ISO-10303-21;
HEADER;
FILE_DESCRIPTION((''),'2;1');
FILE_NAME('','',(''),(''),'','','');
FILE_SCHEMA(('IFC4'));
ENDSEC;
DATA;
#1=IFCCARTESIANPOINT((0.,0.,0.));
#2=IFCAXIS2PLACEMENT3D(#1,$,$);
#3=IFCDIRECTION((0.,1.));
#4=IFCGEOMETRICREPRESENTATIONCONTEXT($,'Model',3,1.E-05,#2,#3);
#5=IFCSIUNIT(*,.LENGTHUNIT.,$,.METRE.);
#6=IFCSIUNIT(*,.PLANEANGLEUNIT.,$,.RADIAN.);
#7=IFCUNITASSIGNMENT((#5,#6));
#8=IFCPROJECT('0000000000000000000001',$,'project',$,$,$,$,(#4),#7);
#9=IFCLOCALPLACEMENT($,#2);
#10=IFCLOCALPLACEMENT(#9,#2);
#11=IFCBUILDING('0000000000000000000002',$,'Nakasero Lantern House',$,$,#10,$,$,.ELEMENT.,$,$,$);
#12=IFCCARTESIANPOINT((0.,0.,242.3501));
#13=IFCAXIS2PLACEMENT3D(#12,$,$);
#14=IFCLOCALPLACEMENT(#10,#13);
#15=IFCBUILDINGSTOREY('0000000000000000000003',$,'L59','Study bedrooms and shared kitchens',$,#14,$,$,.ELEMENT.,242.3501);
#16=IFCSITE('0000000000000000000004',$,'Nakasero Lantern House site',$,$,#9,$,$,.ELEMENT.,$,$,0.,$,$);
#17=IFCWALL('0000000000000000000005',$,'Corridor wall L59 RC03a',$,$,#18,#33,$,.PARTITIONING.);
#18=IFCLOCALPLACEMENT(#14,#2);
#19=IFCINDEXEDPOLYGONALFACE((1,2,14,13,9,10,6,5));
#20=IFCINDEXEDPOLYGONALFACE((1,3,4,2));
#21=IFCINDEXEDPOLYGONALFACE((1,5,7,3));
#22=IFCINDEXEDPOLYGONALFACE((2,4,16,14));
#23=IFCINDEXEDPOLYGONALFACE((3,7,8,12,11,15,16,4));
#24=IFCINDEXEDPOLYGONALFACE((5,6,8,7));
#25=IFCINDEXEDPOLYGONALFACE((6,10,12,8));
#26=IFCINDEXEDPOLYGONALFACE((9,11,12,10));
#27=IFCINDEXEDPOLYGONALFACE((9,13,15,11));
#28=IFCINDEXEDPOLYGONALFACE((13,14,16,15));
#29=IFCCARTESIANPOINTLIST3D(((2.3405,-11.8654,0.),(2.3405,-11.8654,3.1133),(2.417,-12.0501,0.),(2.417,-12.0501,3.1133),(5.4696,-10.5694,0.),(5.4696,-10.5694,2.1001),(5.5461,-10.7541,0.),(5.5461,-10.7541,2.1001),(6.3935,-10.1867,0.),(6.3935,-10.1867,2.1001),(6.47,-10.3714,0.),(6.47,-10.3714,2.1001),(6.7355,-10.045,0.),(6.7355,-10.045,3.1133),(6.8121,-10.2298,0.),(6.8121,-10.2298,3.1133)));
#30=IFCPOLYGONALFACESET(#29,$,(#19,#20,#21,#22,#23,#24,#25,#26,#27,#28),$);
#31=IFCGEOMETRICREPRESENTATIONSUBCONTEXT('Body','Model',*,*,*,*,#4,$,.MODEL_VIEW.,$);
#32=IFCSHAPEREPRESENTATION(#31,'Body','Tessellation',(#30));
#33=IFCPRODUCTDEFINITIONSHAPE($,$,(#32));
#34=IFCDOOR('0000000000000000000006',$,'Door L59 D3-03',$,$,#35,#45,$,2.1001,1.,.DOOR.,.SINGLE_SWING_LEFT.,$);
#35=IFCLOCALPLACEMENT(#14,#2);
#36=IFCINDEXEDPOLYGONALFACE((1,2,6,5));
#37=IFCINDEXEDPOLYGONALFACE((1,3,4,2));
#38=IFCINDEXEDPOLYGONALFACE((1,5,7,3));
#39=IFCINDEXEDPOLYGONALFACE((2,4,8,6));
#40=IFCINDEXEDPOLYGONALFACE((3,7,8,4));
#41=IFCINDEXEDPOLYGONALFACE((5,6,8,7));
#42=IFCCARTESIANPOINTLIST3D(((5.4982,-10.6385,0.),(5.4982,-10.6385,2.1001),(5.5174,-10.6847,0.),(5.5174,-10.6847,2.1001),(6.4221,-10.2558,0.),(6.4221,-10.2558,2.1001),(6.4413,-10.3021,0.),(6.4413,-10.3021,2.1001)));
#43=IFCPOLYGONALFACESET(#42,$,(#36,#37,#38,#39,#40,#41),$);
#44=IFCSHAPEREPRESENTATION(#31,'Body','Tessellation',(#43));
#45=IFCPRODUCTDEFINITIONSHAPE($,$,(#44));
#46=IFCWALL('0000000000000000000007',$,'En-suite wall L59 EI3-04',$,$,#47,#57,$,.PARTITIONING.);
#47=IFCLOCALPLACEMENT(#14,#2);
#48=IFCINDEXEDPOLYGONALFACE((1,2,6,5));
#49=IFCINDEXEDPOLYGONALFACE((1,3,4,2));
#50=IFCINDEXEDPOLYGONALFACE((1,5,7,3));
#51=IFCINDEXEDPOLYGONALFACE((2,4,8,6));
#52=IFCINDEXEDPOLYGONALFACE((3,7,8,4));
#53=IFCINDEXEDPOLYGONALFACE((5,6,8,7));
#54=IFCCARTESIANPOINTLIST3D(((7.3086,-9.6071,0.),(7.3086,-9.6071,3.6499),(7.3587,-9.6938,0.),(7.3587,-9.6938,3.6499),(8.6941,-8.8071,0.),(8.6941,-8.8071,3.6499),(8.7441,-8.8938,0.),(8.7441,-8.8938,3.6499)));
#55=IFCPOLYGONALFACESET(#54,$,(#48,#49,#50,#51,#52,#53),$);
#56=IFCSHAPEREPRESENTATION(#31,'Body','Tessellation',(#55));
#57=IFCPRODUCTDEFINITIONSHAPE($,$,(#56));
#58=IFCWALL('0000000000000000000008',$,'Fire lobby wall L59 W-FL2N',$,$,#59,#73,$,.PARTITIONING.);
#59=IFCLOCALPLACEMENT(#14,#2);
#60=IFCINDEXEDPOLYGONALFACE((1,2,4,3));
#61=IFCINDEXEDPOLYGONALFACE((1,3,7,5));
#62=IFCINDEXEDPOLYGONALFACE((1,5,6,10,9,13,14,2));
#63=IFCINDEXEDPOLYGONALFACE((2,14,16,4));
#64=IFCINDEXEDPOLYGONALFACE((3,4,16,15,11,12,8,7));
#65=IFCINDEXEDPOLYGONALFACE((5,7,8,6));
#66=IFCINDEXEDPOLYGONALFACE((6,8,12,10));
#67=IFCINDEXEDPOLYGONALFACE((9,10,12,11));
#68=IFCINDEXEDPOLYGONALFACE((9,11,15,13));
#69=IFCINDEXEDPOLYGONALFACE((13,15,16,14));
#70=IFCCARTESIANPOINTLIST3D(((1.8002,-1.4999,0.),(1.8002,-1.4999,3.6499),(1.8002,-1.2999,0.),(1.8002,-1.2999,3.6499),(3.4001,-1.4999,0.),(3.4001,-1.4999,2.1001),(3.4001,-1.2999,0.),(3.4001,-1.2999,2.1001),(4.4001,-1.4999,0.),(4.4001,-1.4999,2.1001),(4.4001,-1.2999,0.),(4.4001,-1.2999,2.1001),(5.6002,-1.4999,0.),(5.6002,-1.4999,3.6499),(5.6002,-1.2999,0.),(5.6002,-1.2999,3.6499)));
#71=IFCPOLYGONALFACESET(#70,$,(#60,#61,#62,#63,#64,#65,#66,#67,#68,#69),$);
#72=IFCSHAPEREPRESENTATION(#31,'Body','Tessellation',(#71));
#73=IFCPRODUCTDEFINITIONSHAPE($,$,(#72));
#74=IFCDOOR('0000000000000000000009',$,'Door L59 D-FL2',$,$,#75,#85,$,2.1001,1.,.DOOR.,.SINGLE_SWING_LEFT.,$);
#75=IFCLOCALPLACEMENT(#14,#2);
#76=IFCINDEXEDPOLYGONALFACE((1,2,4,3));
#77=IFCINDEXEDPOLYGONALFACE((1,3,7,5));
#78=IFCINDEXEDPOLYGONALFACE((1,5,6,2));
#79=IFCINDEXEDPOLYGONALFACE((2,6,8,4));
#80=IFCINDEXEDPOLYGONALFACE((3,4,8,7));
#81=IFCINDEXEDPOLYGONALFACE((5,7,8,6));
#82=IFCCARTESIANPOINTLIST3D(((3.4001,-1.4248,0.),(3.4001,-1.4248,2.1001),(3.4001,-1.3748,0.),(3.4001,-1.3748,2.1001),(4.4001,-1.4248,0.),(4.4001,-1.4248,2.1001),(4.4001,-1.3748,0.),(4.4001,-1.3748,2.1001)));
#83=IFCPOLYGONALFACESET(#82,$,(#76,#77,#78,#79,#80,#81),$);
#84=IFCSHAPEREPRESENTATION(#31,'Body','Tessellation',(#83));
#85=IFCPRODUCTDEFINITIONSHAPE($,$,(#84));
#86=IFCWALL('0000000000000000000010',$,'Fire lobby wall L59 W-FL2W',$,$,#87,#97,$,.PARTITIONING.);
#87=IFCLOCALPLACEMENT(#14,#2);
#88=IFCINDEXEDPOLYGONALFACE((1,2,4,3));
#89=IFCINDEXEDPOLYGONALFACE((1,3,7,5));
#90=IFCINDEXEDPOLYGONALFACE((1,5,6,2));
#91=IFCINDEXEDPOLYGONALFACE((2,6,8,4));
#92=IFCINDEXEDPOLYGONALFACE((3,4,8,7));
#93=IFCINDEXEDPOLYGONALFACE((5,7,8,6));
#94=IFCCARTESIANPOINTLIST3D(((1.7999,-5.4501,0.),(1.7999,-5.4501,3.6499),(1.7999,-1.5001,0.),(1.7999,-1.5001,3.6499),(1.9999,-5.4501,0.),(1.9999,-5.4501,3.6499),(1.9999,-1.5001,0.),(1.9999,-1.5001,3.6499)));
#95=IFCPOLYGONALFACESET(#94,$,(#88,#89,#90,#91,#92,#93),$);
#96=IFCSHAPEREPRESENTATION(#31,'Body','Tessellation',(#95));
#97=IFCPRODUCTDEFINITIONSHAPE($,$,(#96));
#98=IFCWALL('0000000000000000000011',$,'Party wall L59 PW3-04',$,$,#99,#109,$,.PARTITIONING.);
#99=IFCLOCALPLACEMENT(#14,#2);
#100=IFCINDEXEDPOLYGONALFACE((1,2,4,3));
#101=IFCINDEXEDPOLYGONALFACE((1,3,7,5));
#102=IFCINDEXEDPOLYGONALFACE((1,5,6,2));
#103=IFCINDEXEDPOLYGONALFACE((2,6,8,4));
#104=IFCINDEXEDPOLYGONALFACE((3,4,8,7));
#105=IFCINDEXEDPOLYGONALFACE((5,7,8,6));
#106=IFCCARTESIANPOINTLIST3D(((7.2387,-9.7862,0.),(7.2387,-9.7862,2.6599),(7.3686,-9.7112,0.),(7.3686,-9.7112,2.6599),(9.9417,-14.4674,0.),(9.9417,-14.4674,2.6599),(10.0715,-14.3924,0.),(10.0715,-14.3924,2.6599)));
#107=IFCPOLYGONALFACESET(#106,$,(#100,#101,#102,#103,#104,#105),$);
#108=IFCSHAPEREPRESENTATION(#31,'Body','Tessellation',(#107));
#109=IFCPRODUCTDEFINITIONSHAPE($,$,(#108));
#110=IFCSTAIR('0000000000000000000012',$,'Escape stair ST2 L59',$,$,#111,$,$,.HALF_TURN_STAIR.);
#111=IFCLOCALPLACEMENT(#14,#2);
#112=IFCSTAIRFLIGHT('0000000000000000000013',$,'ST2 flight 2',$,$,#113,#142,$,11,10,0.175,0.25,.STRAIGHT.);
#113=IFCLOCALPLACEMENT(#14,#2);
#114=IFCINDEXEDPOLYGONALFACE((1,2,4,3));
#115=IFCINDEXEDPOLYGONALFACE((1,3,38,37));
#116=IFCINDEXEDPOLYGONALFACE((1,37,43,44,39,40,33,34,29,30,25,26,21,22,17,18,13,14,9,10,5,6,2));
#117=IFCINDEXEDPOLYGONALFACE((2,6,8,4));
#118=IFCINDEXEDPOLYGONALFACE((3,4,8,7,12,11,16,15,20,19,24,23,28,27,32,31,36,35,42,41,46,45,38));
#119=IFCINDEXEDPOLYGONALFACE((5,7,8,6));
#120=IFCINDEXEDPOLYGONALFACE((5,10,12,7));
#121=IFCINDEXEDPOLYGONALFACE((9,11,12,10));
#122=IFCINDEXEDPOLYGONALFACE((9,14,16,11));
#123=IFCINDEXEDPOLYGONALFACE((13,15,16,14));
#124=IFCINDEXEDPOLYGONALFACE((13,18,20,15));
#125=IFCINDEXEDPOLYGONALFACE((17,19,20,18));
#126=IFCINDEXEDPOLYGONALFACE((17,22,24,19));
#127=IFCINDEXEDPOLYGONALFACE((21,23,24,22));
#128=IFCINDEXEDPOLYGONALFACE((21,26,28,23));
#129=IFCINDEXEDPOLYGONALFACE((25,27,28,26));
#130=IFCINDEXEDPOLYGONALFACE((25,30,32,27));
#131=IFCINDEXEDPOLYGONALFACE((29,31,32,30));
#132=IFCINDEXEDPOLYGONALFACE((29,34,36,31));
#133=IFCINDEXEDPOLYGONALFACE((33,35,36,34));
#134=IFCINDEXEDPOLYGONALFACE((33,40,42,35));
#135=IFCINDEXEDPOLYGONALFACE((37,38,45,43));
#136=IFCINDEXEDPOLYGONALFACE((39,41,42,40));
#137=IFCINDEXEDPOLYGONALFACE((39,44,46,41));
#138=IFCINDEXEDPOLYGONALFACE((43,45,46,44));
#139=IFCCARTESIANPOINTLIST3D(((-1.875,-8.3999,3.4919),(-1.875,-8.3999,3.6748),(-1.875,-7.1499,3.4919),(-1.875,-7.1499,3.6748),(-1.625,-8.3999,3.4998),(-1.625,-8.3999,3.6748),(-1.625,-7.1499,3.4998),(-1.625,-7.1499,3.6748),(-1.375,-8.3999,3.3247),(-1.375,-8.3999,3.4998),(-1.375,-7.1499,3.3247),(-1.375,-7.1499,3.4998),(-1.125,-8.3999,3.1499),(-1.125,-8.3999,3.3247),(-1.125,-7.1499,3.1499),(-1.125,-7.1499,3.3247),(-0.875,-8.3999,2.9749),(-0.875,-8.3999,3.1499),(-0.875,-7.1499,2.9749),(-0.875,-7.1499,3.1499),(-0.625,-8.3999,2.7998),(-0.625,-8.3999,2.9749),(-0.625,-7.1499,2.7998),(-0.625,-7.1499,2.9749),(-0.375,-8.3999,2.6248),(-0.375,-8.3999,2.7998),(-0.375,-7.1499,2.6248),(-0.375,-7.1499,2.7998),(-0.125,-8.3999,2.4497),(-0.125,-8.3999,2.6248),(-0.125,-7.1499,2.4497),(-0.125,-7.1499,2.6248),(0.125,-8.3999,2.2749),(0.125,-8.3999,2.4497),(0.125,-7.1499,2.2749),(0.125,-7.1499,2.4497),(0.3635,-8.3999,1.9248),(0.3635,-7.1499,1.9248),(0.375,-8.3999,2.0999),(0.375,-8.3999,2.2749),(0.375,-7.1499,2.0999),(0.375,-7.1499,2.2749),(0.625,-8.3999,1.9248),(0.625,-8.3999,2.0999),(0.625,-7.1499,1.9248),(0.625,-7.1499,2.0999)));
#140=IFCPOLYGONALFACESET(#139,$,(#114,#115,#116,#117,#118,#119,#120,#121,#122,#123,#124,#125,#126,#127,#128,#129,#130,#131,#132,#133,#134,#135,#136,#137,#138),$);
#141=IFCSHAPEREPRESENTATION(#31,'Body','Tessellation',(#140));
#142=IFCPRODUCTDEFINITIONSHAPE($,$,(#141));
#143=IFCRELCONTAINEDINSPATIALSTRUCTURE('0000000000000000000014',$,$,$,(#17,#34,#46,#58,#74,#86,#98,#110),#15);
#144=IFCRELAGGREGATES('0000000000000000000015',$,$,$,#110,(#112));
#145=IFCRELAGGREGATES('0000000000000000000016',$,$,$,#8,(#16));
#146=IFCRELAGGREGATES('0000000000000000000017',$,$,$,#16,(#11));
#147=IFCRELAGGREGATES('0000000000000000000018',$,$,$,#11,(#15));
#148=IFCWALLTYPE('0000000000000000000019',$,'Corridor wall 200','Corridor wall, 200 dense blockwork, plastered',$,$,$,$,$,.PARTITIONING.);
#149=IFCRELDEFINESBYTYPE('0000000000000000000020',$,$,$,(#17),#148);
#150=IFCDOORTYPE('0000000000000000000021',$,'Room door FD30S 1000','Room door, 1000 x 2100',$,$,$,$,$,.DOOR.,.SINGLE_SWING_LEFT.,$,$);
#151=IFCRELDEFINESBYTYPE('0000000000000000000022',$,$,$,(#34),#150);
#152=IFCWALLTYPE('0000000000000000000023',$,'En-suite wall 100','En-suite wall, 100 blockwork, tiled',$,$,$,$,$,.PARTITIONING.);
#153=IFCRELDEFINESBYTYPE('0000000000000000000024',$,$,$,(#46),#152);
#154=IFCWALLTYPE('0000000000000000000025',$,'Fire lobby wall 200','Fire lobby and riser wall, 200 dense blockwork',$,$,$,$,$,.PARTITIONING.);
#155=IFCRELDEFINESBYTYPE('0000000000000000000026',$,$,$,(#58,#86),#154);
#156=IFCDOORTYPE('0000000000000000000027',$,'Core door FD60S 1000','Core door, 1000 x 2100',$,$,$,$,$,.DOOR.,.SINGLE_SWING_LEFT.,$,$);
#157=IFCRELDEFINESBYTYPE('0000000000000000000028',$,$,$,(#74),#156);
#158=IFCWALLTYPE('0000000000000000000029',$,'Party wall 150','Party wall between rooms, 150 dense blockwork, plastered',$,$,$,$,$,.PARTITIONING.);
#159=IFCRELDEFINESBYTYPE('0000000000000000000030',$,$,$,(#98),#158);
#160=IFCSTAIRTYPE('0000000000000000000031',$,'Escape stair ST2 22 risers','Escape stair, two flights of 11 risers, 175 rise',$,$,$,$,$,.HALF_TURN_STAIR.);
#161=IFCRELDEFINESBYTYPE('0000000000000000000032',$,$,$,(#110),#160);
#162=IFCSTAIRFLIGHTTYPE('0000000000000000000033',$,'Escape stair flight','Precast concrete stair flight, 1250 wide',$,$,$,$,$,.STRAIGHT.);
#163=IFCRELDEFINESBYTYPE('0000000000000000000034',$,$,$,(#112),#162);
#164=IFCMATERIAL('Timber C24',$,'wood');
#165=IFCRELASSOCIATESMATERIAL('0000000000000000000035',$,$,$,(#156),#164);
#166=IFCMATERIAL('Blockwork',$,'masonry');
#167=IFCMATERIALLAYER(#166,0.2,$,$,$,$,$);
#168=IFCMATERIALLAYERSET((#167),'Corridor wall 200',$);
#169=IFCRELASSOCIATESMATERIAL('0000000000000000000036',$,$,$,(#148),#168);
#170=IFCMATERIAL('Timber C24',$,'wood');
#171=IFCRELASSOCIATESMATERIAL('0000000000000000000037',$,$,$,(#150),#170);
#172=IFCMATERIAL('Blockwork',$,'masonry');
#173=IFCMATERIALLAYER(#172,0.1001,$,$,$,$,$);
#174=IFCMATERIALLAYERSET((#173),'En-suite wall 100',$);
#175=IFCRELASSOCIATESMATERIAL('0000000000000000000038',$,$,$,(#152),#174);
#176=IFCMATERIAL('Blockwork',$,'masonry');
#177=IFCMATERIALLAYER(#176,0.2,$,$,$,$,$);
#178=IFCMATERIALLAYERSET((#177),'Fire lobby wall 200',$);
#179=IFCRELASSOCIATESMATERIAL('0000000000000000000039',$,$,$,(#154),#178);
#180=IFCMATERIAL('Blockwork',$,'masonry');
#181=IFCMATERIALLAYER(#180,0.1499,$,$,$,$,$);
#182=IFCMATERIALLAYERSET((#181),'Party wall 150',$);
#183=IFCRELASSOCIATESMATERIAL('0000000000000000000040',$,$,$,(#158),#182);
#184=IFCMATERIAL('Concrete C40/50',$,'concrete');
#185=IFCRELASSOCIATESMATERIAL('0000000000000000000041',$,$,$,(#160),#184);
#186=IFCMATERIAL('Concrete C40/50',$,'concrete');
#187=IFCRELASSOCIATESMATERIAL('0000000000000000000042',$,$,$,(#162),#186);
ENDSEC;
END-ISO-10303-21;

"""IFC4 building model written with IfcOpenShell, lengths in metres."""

from ifc_helpers import new_model, si_unit, direction, frame, frame_2d, origin, place, context, subcontext, project, spatial, polyline, rectangle, outline, extrude, material, layer, layer_set, type_object, element, fill, aggregate, save


model = new_model("IFC4")

# Units and contexts
model_context = context("Model", 3, precision=1e-05, world=origin(), true_north=direction((0.0, 1.0)))
body_context = subcontext(model_context, "Body", "Model", "MODEL_VIEW")
ifc_project = project(units=[si_unit("LENGTHUNIT", "METRE"), si_unit("PLANEANGLEUNIT", "RADIAN")], contexts=[model_context])

# Site, building, storey
site_placement = place(None, origin())
site = spatial("IfcSite", under=ifc_project, at=site_placement, Name="Nakasero Lantern House site", CompositionType="ELEMENT", RefElevation=0.0)
building_placement = place(site_placement, origin())
building = spatial("IfcBuilding", under=site, at=building_placement, Name="Nakasero Lantern House", CompositionType="ELEMENT")
storey_placement = place(building_placement, frame((0.0, 0.0, 242.3501)))
storey = spatial("IfcBuildingStorey", under=building, at=storey_placement, Name="L59", Description="Study bedrooms and shared kitchens", CompositionType="ELEMENT", Elevation=242.3501)

# Shared definitions
ifc_material_1 = material(Name="Timber C24", Category="wood")
door_type_1 = type_object("IfcDoorType", Name="Core door FD60S 1000", Description="Core door, 1000 x 2100", OperationType="SINGLE_SWING_LEFT", PredefinedType="DOOR", material=ifc_material_1)

# Wall, opening, door
ifc_material_2 = material(Name="Blockwork", Category="masonry")
ifc_layer_1 = layer(ifc_material_2, 0.2)
ifc_layer_set_1 = layer_set([ifc_layer_1], Name="Corridor wall 200")
wall_type_1 = type_object("IfcWallType", Name="Corridor wall 200", Description="Corridor wall, 200 dense blockwork, plastered", PredefinedType="PARTITIONING", material=ifc_layer_set_1)
wall_1_placement = place(storey_placement, frame((6.7737, -10.1375, 0.0), z_axis=(0.0, 0.0, 1.0), x_axis=(-0.923892, -0.382654, 0.0)))
wall_1 = element("IfcWall", 1, at=wall_1_placement, inside=storey, type_object=wall_type_1, Name="Corridor wall L59 RC03a", PredefinedType="PARTITIONING", context=body_context, shape_type="SweptSolid", body=[
    extrude(rectangle(XDim=4.7571, YDim=0.2, at=frame_2d((2.3784, 0.0))), origin(), (0.0, 0.0, 1.0), 3.1133),
])
opening_1_placement = place(wall_1_placement, frame((0.3701, 0.0, 0.0)))
opening_1 = element("IfcOpeningElement", 2, at=opening_1_placement, cuts=wall_1, PredefinedType="OPENING", context=body_context, shape_type="SweptSolid", body=[
    extrude(rectangle(XDim=1.0, YDim=2.1001, at=frame_2d((0.5, 1.05))), frame((0.0, 0.1199, 0.0), z_axis=(0.0, -1.0, 0.0), x_axis=(1.0, 0.0, 0.0)), (0.0, 0.0, 1.0), 0.24),
])
ifc_material_3 = material(Name="Timber C24", Category="wood")
door_type_2 = type_object("IfcDoorType", Name="Room door FD30S 1000", Description="Room door, 1000 x 2100", OperationType="SINGLE_SWING_LEFT", PredefinedType="DOOR", material=ifc_material_3)
door_1_placement = place(opening_1_placement, origin())
door_1 = element("IfcDoor", 3, at=door_1_placement, inside=storey, type_object=door_type_2, Name="Door L59 D3-03", OperationType="SINGLE_SWING_LEFT", OverallHeight=2.1001, OverallWidth=1.0, PredefinedType="DOOR", context=body_context, shape_type="SweptSolid", body=[
    extrude(rectangle(XDim=1.0, YDim=2.1001, at=frame_2d((0.5, 1.05))), frame((0.0, 0.0249, 0.0), z_axis=(0.0, -1.0, 0.0), x_axis=(1.0, 0.0, 0.0)), (0.0, 0.0, 1.0), 0.05),
])
fill(opening_1, door_1)

# Wall
ifc_material_4 = material(Name="Blockwork", Category="masonry")
ifc_layer_2 = layer(ifc_material_4, 0.1001)
ifc_layer_set_2 = layer_set([ifc_layer_2], Name="En-suite wall 100")
wall_type_2 = type_object("IfcWallType", Name="En-suite wall 100", Description="En-suite wall, 100 blockwork, tiled", PredefinedType="PARTITIONING", material=ifc_layer_set_2)
wall_2_placement = place(storey_placement, frame((7.3337, -9.6504, 0.0), z_axis=(0.0, 0.0, 1.0), x_axis=(0.86599, 0.500061, 0.0)))
element("IfcWall", 4, at=wall_2_placement, inside=storey, type_object=wall_type_2, Name="En-suite wall L59 EI3-04", PredefinedType="PARTITIONING", context=body_context, shape_type="SweptSolid", body=[
    extrude(rectangle(XDim=1.5999, YDim=0.1001, at=frame_2d((0.7998, 0.0))), origin(), (0.0, 0.0, 1.0), 3.6499),
])

# Wall, opening, door
ifc_material_5 = material(Name="Blockwork", Category="masonry")
ifc_layer_3 = layer(ifc_material_5, 0.2)
ifc_layer_set_3 = layer_set([ifc_layer_3], Name="Fire lobby wall 200")
wall_type_3 = type_object("IfcWallType", Name="Fire lobby wall 200", Description="Fire lobby and riser wall, 200 dense blockwork", PredefinedType="PARTITIONING", material=ifc_layer_set_3)
wall_3_placement = place(storey_placement, frame((5.6001, -1.3999, 0.0), z_axis=(0.0, 0.0, 1.0), x_axis=(-1.0, 0.0, 0.0)))
wall_3 = element("IfcWall", 5, at=wall_3_placement, inside=storey, type_object=wall_type_3, Name="Fire lobby wall L59 W-FL2N", PredefinedType="PARTITIONING", context=body_context, shape_type="SweptSolid", body=[
    extrude(rectangle(XDim=3.8, YDim=0.2, at=frame_2d((1.8999, 0.0))), origin(), (0.0, 0.0, 1.0), 3.6499),
])
opening_2_placement = place(wall_3_placement, frame((1.2, 0.0, 0.0)))
opening_2 = element("IfcOpeningElement", 6, at=opening_2_placement, cuts=wall_3, PredefinedType="OPENING", context=body_context, shape_type="SweptSolid", body=[
    extrude(rectangle(XDim=1.0, YDim=2.1001, at=frame_2d((0.5, 1.05))), frame((0.0, 0.1199, 0.0), z_axis=(0.0, -1.0, 0.0), x_axis=(1.0, 0.0, 0.0)), (0.0, 0.0, 1.0), 0.24),
])
door_2_placement = place(opening_2_placement, origin())
door_2 = element("IfcDoor", 7, at=door_2_placement, inside=storey, type_object=door_type_1, Name="Door L59 D-FL2", OperationType="SINGLE_SWING_LEFT", OverallHeight=2.1001, OverallWidth=1.0, PredefinedType="DOOR", context=body_context, shape_type="SweptSolid", body=[
    extrude(rectangle(XDim=1.0, YDim=2.1001, at=frame_2d((0.5, 1.05))), frame((0.0, 0.0249, 0.0), z_axis=(0.0, -1.0, 0.0), x_axis=(1.0, 0.0, 0.0)), (0.0, 0.0, 1.0), 0.05),
])
fill(opening_2, door_2)

# Walls
wall_4_placement = place(storey_placement, frame((1.8999, -1.5, 0.0), z_axis=(0.0, 0.0, 1.0), x_axis=(0.0, -1.0, 0.0)))
element("IfcWall", 8, at=wall_4_placement, inside=storey, type_object=wall_type_3, Name="Fire lobby wall L59 W-FL2W", PredefinedType="PARTITIONING", context=body_context, shape_type="SweptSolid", body=[
    extrude(rectangle(XDim=3.95, YDim=0.2, at=frame_2d((1.9751, 0.0))), origin(), (0.0, 0.0, 1.0), 3.6499),
])
ifc_material_6 = material(Name="Blockwork", Category="masonry")
ifc_layer_4 = layer(ifc_material_6, 0.1499)
ifc_layer_set_4 = layer_set([ifc_layer_4], Name="Party wall 150")
wall_type_4 = type_object("IfcWallType", Name="Party wall 150", Description="Party wall between rooms, 150 dense blockwork, plastered", PredefinedType="PARTITIONING", material=ifc_layer_set_4)
wall_5_placement = place(storey_placement, frame((7.3037, -9.7488, 0.0), z_axis=(0.0, 0.0, 1.0), x_axis=(0.50003, -0.866008, 0.0)))
element("IfcWall", 9, at=wall_5_placement, inside=storey, type_object=wall_type_4, Name="Party wall L59 PW3-04", PredefinedType="PARTITIONING", context=body_context, shape_type="SweptSolid", body=[
    extrude(rectangle(XDim=5.4055, YDim=0.1499, at=frame_2d((2.7026, 0.0))), origin(), (0.0, 0.0, 1.0), 2.6599),
])

# Stair, stair flight
ifc_material_7 = material(Name="Concrete C40/50", Category="concrete")
stair_type_1 = type_object("IfcStairType", Name="Escape stair ST2 22 risers", Description="Escape stair, two flights of 11 risers, 175 rise", PredefinedType="HALF_TURN_STAIR", material=ifc_material_7)
stair_1_placement = place(storey_placement, origin())
stair_1 = element("IfcStair", 10, at=stair_1_placement, inside=storey, type_object=stair_type_1, Name="Escape stair ST2 L59", PredefinedType="HALF_TURN_STAIR")
ifc_material_8 = material(Name="Concrete C40/50", Category="concrete")
stair_flight_type = type_object("IfcStairFlightType", Name="Escape stair flight", Description="Precast concrete stair flight, 1250 wide", PredefinedType="STRAIGHT", material=ifc_material_8)
stair_flight_placement = place(storey_placement, frame((0.625, -7.7749, 1.9248), z_axis=(0.0, 0.0, 1.0), x_axis=(-1.0, 0.0, 0.0)))
stair_flight = element("IfcStairFlight", 11, at=stair_flight_placement, type_object=stair_flight_type, Name="ST2 flight 2", NumberOfRisers=11, NumberOfTreads=10, PredefinedType="STRAIGHT", RiserHeight=0.175, TreadLength=0.25, context=body_context, shape_type="SweptSolid", body=[
    extrude(outline(polyline([(0.0, 0.0), (0.0, 0.175), (0.25, 0.175), (0.25, 0.3501), (0.5, 0.3501), (0.5, 0.5249), (0.75, 0.5249), (0.75, 0.7), (1.0, 0.7), (1.0, 0.875), (1.25, 0.875), (1.25, 1.05), (1.5, 1.05), (1.5, 1.2251), (1.75, 1.2251), (1.75, 1.3999), (2.0, 1.3999), (2.0, 1.575), (2.25, 1.575), (2.25, 1.75), (2.5, 1.75), (2.5, 1.925), (2.5, 1.5671), (0.2615, 0.0), (0.0, 0.0)])), frame((0.0, 0.625, 0.0), z_axis=(0.0, -1.0, 0.0), x_axis=(1.0, 0.0, 0.0)), (0.0, 0.0, 1.0), 1.25),
])
aggregate(stair_1, [stair_flight])

save(model, "model.ifc")
